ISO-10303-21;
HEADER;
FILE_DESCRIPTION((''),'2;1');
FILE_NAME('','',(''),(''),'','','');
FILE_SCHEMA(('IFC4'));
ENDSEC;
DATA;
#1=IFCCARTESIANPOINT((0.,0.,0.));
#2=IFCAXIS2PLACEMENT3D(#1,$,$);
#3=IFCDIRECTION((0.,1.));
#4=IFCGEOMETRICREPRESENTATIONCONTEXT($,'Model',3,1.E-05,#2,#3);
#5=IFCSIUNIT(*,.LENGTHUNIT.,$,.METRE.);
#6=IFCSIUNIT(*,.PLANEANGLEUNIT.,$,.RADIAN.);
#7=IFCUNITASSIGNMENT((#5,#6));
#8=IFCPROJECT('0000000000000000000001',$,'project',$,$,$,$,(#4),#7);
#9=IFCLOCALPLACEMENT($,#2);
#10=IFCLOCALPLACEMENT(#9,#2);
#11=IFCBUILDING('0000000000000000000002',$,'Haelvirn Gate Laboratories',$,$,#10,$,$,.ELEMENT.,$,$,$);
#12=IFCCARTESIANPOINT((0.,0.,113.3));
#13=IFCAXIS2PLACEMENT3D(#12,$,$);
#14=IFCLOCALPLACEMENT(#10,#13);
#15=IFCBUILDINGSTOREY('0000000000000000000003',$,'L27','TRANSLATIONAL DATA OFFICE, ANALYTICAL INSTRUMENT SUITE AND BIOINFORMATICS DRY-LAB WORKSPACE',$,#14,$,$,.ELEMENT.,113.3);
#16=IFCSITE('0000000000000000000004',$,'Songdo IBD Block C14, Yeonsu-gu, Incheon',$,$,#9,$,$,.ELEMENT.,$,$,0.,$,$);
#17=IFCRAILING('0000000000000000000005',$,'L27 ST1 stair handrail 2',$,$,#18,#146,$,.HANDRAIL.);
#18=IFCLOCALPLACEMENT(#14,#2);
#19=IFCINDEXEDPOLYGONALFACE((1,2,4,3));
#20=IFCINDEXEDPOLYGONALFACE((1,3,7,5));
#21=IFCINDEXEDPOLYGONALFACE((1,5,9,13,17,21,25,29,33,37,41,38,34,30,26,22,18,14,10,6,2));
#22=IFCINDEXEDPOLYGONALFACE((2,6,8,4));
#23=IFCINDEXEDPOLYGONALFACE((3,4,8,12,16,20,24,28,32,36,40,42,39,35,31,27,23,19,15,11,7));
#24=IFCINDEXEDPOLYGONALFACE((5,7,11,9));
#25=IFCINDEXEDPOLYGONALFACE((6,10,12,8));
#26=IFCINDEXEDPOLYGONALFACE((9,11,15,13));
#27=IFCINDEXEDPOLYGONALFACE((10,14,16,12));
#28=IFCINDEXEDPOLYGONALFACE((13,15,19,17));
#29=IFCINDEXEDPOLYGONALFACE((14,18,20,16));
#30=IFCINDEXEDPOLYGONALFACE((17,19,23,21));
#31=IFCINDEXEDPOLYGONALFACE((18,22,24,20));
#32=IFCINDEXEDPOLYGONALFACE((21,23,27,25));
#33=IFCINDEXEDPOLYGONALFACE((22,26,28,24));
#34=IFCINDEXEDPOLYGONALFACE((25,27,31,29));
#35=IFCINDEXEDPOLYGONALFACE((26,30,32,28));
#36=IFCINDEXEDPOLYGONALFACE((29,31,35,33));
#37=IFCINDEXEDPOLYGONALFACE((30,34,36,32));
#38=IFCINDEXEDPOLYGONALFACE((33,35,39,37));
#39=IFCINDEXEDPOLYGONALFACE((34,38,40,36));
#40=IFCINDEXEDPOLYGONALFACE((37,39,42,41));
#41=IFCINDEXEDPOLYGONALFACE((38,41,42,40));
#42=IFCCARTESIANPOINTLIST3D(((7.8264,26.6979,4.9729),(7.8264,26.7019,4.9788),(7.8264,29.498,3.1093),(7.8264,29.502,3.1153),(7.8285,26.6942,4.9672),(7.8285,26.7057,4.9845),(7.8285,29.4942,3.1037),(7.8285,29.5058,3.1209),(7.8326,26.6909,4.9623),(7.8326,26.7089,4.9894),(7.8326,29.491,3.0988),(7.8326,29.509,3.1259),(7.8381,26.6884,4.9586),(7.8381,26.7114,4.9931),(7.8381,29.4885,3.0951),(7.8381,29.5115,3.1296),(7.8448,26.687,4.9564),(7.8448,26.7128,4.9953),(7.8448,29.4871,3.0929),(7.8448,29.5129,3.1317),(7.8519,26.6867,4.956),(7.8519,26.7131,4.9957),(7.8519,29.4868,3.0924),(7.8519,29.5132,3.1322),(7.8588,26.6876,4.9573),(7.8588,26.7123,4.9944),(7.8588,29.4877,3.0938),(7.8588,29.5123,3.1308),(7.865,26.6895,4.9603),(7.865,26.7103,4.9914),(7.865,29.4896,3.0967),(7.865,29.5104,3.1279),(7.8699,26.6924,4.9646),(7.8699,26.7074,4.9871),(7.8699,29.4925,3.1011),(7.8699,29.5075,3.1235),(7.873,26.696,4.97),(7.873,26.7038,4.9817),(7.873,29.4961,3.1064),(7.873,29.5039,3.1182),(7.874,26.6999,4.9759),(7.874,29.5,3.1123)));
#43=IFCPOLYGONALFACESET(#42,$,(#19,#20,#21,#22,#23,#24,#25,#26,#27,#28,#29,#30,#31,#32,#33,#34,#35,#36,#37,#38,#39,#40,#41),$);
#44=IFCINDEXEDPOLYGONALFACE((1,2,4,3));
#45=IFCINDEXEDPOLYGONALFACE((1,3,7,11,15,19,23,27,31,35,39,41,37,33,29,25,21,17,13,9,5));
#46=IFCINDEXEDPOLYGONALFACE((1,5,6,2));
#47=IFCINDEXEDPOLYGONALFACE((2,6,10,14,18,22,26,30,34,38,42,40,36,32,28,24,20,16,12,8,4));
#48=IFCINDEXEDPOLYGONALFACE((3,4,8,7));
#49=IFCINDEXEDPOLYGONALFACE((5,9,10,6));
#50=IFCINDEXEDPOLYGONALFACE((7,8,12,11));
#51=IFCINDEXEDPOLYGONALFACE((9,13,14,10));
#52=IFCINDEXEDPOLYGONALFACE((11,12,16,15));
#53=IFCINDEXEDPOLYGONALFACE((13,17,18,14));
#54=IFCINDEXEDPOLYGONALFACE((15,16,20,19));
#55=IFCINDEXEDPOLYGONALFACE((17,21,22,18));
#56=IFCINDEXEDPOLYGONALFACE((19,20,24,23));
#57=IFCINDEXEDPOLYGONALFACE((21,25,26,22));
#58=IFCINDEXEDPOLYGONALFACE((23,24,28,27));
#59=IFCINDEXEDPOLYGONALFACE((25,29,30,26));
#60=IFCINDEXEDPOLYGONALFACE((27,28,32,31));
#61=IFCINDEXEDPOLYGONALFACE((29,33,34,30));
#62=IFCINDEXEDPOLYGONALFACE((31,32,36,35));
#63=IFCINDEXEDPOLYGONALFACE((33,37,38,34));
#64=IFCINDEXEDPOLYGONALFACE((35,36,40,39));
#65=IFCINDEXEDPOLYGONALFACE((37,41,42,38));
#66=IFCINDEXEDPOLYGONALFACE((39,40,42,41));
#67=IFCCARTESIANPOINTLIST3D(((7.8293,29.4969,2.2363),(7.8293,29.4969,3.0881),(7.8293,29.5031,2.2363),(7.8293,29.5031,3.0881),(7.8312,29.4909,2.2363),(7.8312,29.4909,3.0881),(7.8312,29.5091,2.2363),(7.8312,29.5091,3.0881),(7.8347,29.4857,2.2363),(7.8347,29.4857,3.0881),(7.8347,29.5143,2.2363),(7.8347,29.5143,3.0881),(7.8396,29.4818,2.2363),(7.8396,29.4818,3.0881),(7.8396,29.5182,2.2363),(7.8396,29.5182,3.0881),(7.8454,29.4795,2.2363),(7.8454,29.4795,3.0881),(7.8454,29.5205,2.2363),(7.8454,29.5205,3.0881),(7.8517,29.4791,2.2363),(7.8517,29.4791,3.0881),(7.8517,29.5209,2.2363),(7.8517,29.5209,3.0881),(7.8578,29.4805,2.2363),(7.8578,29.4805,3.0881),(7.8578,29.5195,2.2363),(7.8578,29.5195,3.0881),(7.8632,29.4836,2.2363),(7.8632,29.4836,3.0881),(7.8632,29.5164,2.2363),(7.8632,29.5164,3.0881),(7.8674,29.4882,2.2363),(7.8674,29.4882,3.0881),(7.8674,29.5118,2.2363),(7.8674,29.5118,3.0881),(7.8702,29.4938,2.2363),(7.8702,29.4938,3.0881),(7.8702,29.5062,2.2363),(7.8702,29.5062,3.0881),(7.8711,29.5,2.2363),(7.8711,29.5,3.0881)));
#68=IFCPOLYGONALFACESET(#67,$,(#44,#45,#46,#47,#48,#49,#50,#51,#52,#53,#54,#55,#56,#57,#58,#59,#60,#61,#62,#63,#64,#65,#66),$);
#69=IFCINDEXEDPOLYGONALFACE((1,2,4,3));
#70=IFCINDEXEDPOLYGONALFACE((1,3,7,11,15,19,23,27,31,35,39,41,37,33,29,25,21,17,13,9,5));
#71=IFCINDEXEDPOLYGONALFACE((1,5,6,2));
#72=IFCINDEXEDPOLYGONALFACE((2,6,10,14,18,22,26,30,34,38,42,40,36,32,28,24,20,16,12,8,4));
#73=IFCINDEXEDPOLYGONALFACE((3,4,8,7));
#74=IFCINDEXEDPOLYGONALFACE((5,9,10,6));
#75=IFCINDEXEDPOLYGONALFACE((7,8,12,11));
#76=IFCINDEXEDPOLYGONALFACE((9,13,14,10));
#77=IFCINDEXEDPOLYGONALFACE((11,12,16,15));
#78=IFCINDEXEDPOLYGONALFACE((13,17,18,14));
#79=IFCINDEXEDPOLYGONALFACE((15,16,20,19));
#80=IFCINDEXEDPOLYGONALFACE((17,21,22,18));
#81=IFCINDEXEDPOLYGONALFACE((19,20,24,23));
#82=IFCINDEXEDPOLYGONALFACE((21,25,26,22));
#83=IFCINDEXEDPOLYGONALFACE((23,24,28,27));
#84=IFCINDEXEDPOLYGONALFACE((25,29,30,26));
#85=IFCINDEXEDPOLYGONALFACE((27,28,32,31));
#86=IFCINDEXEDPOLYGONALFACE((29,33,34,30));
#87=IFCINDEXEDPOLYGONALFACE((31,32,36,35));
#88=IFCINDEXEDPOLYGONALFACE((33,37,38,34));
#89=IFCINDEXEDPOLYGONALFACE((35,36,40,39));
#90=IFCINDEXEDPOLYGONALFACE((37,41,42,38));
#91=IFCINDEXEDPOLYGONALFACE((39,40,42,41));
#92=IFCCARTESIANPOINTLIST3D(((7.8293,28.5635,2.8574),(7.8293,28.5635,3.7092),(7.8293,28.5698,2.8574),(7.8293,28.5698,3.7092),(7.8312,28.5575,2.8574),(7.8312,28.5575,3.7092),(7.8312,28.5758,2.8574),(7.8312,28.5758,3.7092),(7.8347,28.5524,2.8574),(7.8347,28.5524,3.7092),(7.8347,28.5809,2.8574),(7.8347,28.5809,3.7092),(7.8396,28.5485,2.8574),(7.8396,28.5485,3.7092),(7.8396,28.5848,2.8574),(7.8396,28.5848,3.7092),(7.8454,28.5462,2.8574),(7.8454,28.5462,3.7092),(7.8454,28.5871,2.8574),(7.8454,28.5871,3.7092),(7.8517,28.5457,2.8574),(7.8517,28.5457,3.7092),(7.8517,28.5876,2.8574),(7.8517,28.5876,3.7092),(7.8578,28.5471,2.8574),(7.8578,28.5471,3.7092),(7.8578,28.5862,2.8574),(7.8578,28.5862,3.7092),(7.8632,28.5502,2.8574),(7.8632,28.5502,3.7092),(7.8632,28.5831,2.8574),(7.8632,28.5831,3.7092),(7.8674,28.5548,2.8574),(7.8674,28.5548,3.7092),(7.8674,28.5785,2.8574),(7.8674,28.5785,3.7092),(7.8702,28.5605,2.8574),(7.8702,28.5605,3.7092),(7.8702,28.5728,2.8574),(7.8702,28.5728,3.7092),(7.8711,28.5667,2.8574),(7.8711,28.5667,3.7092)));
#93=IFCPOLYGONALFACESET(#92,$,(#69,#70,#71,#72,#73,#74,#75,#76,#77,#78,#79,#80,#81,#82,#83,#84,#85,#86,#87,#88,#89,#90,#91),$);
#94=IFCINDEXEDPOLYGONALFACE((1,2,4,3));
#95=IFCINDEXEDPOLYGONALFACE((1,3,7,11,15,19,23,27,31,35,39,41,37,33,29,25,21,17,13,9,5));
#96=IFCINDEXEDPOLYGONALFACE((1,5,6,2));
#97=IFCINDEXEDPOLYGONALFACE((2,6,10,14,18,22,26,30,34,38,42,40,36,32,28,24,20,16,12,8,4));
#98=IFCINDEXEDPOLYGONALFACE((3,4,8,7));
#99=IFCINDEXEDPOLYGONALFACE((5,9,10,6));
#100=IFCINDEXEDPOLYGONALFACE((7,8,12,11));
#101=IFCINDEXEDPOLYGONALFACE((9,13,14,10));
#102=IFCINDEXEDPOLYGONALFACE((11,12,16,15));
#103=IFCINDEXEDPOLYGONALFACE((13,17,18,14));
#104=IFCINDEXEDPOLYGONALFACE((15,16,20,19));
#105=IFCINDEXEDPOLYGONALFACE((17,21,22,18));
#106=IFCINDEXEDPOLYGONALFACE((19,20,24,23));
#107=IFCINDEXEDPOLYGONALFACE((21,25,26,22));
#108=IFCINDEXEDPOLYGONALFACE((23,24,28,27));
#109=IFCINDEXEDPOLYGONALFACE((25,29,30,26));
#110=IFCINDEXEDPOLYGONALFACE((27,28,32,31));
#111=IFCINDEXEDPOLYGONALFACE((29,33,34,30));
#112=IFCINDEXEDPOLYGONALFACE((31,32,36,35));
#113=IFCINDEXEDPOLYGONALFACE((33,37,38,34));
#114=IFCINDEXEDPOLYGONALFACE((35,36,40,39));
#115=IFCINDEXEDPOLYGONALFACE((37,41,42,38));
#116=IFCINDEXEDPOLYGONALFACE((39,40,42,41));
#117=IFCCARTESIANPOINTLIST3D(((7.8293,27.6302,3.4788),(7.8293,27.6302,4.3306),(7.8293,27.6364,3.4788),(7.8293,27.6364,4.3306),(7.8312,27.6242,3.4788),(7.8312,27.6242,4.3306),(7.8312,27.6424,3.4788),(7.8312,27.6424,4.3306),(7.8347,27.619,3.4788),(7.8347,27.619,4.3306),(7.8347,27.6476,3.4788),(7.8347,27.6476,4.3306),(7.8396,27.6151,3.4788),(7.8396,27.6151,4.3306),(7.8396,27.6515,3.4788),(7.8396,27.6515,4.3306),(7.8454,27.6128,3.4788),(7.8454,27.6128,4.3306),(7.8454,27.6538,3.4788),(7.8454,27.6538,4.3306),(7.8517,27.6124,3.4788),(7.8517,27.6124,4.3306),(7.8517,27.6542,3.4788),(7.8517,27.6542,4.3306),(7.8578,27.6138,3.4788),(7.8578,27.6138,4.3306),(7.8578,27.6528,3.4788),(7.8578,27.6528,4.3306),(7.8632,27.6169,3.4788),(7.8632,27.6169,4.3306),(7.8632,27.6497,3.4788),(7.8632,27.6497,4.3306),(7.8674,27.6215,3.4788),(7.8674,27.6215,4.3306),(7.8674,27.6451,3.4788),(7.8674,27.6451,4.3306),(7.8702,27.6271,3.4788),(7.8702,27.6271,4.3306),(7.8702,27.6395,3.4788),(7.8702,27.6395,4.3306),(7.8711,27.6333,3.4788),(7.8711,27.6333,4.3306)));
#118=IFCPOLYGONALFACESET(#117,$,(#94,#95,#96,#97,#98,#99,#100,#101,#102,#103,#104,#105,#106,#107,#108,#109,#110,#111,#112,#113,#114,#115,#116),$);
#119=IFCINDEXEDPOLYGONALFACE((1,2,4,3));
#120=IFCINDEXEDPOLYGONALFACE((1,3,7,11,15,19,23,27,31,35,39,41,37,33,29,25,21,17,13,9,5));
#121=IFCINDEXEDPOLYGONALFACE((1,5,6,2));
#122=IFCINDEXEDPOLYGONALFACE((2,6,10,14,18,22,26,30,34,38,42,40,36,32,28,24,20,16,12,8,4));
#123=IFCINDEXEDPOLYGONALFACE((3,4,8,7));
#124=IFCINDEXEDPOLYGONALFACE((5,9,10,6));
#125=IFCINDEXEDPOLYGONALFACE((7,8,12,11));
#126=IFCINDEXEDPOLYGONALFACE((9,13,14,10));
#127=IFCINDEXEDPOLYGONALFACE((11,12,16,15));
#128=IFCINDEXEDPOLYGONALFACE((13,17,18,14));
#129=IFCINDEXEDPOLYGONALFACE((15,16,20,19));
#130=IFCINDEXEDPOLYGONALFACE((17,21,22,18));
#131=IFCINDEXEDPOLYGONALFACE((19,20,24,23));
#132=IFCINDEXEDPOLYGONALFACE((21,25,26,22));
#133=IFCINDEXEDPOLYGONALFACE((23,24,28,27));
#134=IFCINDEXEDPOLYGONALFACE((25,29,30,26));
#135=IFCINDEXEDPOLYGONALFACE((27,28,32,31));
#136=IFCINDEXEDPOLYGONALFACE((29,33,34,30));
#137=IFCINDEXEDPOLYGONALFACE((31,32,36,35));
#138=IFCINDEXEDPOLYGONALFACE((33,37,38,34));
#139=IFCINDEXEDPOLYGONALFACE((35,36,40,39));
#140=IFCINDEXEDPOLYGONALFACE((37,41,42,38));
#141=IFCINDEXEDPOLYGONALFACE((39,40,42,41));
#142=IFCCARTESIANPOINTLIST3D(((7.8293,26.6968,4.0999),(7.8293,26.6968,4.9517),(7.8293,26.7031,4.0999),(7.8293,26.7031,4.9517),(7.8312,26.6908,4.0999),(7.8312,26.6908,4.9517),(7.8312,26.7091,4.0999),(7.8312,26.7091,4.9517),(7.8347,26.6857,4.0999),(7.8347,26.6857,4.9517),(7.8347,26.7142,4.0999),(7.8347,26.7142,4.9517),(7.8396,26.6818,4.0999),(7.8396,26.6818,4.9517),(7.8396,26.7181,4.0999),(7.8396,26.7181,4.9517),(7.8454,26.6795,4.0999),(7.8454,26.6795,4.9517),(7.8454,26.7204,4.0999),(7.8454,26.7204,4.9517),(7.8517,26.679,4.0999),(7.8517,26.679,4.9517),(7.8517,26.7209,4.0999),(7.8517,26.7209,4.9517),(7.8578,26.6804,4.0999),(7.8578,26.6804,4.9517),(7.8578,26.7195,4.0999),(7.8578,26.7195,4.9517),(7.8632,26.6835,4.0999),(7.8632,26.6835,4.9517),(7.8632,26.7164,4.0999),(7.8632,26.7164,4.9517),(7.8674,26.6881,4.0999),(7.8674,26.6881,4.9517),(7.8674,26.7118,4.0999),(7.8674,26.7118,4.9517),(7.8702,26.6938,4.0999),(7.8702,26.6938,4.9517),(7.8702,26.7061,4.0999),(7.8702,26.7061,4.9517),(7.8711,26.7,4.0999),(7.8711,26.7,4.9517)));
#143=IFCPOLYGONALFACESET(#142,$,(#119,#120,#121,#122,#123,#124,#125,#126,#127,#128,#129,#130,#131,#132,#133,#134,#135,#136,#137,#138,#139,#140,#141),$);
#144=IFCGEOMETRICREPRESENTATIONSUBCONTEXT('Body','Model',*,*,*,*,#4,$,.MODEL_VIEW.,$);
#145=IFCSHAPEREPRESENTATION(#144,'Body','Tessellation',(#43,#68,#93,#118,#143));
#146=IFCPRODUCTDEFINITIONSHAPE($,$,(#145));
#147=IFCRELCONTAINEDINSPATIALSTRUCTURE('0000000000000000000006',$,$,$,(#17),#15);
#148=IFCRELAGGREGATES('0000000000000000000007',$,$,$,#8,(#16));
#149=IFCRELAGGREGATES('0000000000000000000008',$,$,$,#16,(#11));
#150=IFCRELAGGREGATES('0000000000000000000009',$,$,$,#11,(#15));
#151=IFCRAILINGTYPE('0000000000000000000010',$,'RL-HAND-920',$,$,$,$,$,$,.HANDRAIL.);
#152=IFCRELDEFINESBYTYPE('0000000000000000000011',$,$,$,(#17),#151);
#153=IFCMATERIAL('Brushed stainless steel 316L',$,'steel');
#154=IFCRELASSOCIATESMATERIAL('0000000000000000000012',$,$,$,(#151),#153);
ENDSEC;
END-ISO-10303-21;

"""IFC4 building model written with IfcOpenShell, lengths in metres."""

from ifc_helpers import new_model, si_unit, direction, frame, origin, origin_2d, place, context, subcontext, project, spatial, circle, extrude, source, transform, mapped, material, type_object, element, save


model = new_model("IFC4")

# Units and contexts
model_context = context("Model", 3, precision=1e-05, world=origin(), true_north=direction((0.0, 1.0)))
body_context = subcontext(model_context, "Body", "Model", "MODEL_VIEW")
ifc_project = project(units=[si_unit("LENGTHUNIT", "METRE"), si_unit("PLANEANGLEUNIT", "RADIAN")], contexts=[model_context])

# Site, building, storey
site_placement = place(None, origin())
site = spatial("IfcSite", under=ifc_project, at=site_placement, Name="Songdo IBD Block C14, Yeonsu-gu, Incheon", CompositionType="ELEMENT", RefElevation=0.0)
building_placement = place(site_placement, origin())
building = spatial("IfcBuilding", under=site, at=building_placement, Name="Haelvirn Gate Laboratories", CompositionType="ELEMENT")
storey_placement = place(building_placement, frame((0.0, 0.0, 113.3)))
storey = spatial("IfcBuildingStorey", under=building, at=storey_placement, Name="L27", Description="TRANSLATIONAL DATA OFFICE, ANALYTICAL INSTRUMENT SUITE AND BIOINFORMATICS DRY-LAB WORKSPACE", CompositionType="ELEMENT", Elevation=113.3)

# Railing
ifc_material_1 = material(Name="Brushed stainless steel 316L", Category="steel")
railing_type_1 = type_object("IfcRailingType", Name="RL-HAND-920", PredefinedType="HANDRAIL", material=ifc_material_1)
shared_shape_1 = source(origin(), body_context, "Body", "SweptSolid", [
    extrude(circle(Radius=0.0239, at=origin_2d()), frame((0.0, 0.0, 0.876), z_axis=(0.0, -0.832486, 0.554047), x_axis=(1.0, 0.0, 0.0)), (0.0, 0.0, 1.0), 3.3635),
    extrude(circle(Radius=0.021, at=origin_2d()), origin(), (0.0, 0.0, 1.0), 0.8518),
    extrude(circle(Radius=0.021, at=origin_2d()), frame((0.0, -0.9333, 0.6211)), (0.0, 0.0, 1.0), 0.8518),
    extrude(circle(Radius=0.021, at=origin_2d()), frame((0.0, -1.8667, 1.2424)), (0.0, 0.0, 1.0), 0.8518),
    extrude(circle(Radius=0.021, at=origin_2d()), frame((0.0, -2.8, 1.8635)), (0.0, 0.0, 1.0), 0.8518),
])
railing_1_placement = place(storey_placement, frame((7.8501, 29.5, 2.2363)))
element("IfcRailing", 1, at=railing_1_placement, inside=storey, type_object=railing_type_1, Name="L27 ST1 stair handrail 2", PredefinedType="HANDRAIL", context=body_context, shape_type="MappedRepresentation", body=[
    mapped(shared_shape_1, transform((0.0, 0.0, 0.0), scale=1.0)),
])

save(model, "model.ifc")
